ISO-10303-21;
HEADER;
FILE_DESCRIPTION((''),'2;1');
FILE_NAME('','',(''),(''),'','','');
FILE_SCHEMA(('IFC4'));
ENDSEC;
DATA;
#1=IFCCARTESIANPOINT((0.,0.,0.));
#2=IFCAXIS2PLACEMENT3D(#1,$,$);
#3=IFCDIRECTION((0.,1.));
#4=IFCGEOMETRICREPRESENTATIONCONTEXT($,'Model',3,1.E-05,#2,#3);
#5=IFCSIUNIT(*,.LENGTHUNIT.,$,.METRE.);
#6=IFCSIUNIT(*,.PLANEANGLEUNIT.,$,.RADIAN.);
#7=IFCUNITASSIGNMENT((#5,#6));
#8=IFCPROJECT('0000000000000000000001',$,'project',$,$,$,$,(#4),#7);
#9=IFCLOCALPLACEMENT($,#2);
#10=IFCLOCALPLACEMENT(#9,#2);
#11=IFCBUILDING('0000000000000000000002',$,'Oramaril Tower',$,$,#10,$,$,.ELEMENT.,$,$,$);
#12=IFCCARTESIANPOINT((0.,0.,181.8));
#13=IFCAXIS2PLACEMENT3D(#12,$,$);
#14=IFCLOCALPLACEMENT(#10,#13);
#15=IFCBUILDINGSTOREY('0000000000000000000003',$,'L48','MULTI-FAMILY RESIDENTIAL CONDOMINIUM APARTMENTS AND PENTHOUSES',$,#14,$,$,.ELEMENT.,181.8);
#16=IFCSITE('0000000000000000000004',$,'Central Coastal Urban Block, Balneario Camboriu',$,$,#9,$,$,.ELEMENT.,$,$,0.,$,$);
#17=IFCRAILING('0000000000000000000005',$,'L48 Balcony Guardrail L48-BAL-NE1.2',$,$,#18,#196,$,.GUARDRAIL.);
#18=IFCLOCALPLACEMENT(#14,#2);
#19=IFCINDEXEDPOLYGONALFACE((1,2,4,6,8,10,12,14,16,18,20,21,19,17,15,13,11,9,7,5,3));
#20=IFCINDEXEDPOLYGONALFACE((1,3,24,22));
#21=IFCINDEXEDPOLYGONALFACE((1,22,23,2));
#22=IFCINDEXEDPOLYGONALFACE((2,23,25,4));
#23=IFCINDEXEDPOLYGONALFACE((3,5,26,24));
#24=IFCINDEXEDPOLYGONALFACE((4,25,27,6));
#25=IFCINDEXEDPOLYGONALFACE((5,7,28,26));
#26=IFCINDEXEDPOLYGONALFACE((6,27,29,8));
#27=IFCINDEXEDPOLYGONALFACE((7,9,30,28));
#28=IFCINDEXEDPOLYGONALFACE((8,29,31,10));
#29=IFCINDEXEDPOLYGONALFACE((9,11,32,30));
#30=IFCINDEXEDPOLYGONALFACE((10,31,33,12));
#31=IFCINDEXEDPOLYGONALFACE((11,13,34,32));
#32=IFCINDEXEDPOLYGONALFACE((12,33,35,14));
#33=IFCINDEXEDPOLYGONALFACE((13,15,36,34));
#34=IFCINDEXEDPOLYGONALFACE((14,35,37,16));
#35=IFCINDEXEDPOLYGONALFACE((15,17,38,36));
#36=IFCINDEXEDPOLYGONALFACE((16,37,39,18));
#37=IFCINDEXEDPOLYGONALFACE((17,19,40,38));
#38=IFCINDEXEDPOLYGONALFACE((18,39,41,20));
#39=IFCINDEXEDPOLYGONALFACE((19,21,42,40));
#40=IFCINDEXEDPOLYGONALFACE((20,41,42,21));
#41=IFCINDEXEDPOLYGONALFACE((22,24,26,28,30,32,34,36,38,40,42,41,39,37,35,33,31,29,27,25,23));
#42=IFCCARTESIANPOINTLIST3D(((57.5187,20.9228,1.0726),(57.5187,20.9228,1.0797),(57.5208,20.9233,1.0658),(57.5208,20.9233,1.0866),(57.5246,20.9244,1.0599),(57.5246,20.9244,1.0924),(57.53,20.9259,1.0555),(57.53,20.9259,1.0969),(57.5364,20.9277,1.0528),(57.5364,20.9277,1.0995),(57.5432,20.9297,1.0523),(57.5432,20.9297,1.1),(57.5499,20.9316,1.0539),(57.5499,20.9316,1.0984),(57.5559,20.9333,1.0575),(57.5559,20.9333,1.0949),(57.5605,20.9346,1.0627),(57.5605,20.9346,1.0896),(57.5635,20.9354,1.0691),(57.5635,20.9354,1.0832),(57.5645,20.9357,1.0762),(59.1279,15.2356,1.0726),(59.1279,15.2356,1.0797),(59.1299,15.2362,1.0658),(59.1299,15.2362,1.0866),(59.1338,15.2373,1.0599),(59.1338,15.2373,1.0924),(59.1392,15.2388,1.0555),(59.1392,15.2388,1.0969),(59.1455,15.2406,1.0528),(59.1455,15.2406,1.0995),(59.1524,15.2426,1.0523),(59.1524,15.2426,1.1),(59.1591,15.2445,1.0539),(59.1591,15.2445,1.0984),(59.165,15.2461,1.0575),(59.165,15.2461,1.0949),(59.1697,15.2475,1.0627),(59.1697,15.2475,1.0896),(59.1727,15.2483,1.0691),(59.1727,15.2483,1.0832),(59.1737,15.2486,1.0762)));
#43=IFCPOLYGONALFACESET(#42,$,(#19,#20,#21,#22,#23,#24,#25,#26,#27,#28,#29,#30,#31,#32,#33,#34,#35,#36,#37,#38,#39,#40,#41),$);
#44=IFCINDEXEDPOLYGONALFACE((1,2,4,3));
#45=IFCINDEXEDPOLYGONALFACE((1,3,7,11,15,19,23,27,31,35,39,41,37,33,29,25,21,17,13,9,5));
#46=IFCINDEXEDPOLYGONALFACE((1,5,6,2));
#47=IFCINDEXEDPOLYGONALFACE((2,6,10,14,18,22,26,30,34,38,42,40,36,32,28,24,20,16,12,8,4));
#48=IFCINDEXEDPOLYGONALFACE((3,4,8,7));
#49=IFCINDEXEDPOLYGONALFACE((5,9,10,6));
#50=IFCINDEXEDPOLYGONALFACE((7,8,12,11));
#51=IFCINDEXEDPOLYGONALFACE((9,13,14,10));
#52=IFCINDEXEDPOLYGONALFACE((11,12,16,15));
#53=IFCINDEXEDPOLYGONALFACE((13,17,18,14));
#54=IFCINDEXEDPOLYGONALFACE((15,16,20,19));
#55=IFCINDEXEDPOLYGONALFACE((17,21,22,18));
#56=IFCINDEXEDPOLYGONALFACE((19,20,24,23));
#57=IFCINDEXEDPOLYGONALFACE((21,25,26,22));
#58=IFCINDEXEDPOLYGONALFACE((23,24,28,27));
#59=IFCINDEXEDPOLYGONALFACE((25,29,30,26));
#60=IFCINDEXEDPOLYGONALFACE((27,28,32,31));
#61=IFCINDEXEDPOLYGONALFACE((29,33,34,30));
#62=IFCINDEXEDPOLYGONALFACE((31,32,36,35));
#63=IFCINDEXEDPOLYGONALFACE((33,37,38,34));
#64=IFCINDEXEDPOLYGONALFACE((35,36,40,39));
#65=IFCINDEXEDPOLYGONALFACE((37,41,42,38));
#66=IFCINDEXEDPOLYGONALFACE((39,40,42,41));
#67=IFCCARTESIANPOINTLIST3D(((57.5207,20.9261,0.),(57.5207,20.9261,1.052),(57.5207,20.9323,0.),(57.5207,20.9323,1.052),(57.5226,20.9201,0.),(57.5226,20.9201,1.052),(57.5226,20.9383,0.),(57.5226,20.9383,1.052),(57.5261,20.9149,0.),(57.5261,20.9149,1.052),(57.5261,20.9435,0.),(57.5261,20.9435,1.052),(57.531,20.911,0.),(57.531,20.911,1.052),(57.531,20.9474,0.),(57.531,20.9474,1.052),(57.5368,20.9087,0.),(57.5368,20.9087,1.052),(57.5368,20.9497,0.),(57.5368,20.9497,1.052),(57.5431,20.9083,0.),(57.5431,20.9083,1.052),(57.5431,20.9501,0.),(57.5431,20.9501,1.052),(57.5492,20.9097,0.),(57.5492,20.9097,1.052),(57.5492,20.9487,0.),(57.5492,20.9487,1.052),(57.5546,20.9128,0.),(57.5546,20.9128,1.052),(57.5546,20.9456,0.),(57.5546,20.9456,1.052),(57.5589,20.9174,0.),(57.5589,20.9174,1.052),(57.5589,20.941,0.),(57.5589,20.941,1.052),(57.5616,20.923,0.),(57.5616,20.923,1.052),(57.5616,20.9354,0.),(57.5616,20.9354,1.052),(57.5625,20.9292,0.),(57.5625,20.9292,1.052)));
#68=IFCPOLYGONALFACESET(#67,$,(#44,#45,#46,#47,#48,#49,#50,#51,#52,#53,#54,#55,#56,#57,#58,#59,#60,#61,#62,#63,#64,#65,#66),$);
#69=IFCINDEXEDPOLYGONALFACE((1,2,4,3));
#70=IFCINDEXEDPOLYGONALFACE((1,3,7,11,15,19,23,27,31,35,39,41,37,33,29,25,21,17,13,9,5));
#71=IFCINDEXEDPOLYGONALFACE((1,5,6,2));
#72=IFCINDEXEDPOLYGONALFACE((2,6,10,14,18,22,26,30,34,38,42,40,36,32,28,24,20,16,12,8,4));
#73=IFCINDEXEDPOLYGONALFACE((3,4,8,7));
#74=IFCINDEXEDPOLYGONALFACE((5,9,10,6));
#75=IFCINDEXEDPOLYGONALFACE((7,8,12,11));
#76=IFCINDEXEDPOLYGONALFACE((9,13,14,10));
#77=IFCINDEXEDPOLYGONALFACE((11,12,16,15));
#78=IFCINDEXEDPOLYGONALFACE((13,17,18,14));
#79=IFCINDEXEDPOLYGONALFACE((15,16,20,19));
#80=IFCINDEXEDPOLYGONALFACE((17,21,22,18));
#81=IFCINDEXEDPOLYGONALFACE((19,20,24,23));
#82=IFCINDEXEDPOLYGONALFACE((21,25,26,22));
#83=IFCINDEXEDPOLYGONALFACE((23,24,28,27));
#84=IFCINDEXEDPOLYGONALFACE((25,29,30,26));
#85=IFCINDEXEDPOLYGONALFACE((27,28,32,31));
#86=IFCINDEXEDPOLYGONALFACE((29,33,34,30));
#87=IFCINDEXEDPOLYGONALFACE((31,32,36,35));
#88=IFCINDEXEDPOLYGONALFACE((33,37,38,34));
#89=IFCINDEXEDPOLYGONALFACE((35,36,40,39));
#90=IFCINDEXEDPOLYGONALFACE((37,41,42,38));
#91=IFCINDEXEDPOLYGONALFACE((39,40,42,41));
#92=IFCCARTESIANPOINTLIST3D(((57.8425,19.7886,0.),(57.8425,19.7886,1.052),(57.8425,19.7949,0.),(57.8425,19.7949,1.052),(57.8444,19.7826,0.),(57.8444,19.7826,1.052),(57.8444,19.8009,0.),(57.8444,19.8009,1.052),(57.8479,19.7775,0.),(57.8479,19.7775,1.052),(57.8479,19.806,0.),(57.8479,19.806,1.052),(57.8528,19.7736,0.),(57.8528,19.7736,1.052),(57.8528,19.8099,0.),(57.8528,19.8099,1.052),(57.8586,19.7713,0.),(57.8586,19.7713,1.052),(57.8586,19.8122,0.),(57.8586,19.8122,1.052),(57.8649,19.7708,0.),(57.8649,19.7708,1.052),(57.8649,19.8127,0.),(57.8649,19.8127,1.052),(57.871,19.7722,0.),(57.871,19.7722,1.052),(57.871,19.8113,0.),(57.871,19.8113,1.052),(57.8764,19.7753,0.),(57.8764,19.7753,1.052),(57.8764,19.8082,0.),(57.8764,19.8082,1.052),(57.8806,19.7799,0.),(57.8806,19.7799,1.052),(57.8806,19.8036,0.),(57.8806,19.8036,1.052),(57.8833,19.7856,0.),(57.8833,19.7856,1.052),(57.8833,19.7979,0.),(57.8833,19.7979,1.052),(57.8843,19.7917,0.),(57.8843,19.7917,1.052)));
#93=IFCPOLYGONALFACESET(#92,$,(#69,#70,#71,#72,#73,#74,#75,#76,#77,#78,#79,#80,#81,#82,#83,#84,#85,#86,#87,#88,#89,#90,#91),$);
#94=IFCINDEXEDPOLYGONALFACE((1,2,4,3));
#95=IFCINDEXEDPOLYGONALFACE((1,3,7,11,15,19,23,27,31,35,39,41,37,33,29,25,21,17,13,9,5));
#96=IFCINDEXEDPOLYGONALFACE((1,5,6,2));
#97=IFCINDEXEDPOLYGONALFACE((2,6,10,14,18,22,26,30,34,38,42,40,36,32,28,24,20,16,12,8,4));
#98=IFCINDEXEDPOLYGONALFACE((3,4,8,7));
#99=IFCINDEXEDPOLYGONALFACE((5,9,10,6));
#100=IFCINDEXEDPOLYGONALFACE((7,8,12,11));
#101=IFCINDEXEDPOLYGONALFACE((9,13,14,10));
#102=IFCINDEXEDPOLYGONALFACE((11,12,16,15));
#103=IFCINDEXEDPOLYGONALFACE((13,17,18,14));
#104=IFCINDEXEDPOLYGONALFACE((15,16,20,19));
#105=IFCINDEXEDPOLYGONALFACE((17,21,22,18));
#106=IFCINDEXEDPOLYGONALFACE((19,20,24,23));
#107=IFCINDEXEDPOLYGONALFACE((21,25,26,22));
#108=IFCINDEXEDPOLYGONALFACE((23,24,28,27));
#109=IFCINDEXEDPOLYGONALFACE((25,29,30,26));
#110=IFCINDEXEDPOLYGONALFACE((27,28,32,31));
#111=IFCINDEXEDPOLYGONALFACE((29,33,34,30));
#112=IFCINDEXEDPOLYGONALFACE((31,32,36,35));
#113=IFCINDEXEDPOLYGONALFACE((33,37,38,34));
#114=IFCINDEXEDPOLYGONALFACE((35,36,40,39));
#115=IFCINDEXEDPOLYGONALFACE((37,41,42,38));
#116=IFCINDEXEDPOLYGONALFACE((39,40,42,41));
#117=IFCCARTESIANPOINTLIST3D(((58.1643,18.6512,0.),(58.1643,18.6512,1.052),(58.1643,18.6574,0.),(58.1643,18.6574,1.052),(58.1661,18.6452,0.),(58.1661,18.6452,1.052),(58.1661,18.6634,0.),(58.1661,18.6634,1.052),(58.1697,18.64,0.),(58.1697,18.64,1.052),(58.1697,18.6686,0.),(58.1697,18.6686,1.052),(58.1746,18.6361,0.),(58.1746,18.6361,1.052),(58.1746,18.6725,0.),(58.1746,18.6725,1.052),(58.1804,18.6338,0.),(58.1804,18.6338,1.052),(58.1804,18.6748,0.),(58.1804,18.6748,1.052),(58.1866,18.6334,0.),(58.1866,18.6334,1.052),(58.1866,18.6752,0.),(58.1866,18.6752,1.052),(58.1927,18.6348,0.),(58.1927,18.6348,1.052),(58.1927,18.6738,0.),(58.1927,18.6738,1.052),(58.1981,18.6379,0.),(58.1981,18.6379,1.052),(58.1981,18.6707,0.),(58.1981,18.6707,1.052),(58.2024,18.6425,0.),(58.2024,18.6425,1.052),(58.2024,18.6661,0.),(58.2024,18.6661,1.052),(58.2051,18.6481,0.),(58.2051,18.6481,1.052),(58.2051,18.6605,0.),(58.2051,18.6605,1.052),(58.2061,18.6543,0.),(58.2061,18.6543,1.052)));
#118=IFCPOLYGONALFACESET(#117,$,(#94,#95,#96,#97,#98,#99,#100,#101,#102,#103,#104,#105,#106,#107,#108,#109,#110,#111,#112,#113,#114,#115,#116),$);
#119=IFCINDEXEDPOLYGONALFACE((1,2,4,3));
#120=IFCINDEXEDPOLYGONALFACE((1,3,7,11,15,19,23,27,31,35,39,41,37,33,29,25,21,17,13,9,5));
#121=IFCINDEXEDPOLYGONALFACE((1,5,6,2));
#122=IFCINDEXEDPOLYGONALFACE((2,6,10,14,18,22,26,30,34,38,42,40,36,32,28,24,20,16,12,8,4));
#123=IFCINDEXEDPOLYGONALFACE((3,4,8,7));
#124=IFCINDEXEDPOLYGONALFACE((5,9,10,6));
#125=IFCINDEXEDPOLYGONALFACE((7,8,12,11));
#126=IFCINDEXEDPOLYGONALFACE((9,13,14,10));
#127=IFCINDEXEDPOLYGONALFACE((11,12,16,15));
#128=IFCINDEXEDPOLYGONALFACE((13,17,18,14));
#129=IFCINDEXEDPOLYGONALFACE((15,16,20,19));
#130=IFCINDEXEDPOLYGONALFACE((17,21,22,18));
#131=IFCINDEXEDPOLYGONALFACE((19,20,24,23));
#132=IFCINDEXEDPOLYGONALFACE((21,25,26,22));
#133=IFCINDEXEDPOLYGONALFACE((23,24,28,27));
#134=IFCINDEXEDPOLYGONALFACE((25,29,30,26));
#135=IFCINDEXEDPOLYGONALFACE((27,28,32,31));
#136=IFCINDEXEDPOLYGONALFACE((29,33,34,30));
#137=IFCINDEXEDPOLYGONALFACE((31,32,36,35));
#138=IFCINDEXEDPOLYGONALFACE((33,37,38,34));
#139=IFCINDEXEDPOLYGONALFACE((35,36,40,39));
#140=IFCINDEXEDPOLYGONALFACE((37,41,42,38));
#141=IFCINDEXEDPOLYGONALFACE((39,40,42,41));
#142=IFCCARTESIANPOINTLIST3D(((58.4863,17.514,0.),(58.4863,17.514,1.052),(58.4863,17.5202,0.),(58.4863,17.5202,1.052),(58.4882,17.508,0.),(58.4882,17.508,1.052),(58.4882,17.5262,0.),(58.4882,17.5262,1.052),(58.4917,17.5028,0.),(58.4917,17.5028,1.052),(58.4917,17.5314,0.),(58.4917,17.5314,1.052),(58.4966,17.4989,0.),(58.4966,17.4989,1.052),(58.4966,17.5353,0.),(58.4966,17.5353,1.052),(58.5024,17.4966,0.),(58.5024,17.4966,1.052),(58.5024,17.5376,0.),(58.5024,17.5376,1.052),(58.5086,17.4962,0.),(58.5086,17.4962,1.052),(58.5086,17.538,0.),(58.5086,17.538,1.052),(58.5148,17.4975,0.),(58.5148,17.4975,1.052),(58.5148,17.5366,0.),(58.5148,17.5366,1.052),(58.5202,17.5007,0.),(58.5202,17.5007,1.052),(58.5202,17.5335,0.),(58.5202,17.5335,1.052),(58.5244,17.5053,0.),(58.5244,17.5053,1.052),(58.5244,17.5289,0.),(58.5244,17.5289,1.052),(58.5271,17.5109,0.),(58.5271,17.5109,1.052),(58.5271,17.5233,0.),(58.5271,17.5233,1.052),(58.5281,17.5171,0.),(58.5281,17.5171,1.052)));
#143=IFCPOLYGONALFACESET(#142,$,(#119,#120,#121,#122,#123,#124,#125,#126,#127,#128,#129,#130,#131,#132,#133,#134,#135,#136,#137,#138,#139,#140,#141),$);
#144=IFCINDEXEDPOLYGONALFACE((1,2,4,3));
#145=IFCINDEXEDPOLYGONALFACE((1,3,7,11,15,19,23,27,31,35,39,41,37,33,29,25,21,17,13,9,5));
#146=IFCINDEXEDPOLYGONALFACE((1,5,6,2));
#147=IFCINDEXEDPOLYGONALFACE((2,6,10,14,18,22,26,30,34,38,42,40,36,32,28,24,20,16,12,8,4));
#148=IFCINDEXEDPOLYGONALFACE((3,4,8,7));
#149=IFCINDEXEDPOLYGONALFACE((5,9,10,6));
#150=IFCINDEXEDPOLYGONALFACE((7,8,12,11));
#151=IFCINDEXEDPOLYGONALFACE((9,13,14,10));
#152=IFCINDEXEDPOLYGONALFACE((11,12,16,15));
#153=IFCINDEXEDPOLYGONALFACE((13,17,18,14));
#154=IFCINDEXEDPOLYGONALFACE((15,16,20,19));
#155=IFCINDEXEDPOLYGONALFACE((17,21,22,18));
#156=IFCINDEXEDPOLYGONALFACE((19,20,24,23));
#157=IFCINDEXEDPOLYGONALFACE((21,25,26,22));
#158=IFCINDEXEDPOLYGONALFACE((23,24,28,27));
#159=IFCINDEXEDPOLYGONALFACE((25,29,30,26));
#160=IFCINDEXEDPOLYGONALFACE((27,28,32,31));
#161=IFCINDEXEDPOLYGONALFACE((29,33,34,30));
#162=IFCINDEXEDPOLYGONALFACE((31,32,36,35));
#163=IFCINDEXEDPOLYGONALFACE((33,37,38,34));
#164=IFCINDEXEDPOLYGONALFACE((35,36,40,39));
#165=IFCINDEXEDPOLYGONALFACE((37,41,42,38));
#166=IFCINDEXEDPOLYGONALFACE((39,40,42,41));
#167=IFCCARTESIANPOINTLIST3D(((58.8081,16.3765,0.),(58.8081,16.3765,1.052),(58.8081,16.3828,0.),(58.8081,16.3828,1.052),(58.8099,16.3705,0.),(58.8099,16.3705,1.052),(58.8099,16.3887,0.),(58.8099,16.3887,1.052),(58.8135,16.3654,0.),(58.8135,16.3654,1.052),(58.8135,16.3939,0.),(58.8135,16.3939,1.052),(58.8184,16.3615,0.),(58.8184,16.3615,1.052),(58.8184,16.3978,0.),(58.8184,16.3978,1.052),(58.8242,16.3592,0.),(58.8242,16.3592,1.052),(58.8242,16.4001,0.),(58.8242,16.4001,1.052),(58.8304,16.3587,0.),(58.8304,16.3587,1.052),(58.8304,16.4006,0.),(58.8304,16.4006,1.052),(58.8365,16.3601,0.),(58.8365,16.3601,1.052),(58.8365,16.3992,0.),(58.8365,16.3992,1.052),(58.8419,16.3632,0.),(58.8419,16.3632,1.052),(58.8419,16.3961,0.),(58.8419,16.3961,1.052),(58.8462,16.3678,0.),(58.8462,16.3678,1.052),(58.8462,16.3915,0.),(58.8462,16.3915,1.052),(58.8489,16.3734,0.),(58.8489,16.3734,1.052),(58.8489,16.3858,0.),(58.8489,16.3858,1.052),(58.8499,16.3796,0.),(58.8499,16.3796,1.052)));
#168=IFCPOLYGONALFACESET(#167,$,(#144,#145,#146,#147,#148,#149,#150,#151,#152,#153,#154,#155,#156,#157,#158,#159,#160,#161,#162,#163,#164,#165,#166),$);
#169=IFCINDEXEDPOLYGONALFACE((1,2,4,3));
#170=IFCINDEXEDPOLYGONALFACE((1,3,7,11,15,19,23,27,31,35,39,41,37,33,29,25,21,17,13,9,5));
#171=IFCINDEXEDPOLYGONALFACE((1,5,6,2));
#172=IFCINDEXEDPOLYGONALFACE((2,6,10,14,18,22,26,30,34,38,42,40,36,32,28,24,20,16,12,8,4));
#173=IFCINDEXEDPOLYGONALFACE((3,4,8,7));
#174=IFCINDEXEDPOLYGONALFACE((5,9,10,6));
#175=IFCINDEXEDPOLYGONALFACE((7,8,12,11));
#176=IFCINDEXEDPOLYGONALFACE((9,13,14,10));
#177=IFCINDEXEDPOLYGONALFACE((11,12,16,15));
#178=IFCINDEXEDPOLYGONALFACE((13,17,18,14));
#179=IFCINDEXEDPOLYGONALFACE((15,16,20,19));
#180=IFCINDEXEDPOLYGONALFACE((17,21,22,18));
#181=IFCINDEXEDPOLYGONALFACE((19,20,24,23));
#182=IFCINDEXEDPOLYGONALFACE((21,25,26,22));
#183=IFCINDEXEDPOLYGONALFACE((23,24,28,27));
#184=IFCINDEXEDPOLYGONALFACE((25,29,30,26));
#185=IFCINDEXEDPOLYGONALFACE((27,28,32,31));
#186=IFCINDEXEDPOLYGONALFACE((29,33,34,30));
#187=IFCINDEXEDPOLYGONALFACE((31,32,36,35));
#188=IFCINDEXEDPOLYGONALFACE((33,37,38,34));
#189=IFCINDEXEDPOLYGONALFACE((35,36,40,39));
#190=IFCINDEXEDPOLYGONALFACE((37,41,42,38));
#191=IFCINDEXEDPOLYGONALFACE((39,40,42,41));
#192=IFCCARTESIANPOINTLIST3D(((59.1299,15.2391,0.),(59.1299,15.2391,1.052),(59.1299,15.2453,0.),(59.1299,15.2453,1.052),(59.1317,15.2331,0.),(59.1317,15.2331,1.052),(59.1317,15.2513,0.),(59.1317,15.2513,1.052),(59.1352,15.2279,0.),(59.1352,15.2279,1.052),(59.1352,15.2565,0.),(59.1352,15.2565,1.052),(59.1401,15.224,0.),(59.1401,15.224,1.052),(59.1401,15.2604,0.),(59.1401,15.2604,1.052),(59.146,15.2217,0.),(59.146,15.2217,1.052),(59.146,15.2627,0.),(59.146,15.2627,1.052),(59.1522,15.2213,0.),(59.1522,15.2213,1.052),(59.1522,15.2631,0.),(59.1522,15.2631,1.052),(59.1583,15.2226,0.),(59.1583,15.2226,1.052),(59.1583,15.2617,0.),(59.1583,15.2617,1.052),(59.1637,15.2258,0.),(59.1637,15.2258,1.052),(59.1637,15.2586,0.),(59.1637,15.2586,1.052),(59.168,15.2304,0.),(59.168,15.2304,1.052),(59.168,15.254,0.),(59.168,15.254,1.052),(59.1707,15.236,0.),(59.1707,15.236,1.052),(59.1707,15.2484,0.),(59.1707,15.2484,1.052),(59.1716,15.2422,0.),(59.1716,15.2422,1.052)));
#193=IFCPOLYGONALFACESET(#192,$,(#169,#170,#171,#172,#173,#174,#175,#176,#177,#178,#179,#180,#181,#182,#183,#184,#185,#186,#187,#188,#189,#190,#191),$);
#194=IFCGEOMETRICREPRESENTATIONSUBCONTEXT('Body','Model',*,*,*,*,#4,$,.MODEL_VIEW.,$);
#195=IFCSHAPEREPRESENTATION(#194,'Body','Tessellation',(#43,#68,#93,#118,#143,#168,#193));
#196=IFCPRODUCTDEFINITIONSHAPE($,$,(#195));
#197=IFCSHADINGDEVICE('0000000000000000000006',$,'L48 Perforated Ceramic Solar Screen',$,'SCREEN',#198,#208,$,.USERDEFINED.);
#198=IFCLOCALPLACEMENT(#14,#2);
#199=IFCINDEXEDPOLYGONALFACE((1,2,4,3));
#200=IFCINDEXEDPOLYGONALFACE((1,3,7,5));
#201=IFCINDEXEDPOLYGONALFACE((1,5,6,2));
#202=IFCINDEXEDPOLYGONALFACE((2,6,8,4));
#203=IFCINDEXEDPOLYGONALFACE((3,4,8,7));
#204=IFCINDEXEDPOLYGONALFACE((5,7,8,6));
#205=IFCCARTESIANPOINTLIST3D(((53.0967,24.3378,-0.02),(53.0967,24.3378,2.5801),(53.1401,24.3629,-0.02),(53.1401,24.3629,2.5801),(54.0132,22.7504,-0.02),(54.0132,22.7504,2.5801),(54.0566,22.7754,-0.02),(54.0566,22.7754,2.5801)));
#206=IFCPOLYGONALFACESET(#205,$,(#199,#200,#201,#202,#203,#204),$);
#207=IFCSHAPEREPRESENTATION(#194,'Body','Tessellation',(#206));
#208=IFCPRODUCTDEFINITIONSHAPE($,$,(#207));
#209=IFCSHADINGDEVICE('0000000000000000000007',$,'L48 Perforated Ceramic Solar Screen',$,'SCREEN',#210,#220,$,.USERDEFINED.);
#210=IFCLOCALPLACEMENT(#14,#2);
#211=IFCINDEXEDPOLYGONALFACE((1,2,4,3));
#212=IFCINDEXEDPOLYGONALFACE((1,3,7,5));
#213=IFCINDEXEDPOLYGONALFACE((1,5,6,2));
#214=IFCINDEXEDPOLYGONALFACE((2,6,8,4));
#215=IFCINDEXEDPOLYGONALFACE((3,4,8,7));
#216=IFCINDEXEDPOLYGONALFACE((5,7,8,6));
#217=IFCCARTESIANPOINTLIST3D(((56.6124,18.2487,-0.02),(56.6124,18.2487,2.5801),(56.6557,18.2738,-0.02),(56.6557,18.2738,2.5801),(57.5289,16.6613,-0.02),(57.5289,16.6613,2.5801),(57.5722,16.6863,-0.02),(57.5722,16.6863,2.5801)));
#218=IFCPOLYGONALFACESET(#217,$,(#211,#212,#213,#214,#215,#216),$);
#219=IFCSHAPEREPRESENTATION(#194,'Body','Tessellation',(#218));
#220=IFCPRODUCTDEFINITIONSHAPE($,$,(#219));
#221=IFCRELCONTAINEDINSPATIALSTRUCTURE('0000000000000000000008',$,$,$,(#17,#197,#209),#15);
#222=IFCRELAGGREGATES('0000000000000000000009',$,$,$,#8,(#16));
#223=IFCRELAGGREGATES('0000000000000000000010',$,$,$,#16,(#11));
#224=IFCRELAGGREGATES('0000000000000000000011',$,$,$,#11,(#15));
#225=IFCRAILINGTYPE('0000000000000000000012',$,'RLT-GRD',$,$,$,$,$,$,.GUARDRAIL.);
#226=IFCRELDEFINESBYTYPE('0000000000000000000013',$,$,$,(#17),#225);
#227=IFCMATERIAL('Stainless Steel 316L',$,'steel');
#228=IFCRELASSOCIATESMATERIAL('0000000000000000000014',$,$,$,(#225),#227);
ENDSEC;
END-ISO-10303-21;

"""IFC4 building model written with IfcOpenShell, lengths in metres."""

from ifc_helpers import new_model, si_unit, direction, frame, origin, origin_2d, place, context, subcontext, project, spatial, rectangle, circle, extrude, material, type_object, element, save


model = new_model("IFC4")

# Units and contexts
model_context = context("Model", 3, precision=1e-05, world=origin(), true_north=direction((0.0, 1.0)))
body_context = subcontext(model_context, "Body", "Model", "MODEL_VIEW")
ifc_project = project(units=[si_unit("LENGTHUNIT", "METRE"), si_unit("PLANEANGLEUNIT", "RADIAN")], contexts=[model_context])

# Site, building, storey
site_placement = place(None, origin())
site = spatial("IfcSite", under=ifc_project, at=site_placement, Name="Central Coastal Urban Block, Balneario Camboriu", CompositionType="ELEMENT", RefElevation=0.0)
building_placement = place(site_placement, origin())
building = spatial("IfcBuilding", under=site, at=building_placement, Name="Oramaril Tower", CompositionType="ELEMENT")
storey_placement = place(building_placement, frame((0.0, 0.0, 181.8)))
storey = spatial("IfcBuildingStorey", under=building, at=storey_placement, Name="L48", Description="MULTI-FAMILY RESIDENTIAL CONDOMINIUM APARTMENTS AND PENTHOUSES", CompositionType="ELEMENT", Elevation=181.8)

# Railing
ifc_material_1 = material(Name="Stainless Steel 316L", Category="steel")
railing_type = type_object("IfcRailingType", Name="RLT-GRD", PredefinedType="GUARDRAIL", material=ifc_material_1)
railing_1_placement = place(storey_placement, frame((57.5415, 20.9292, 0.0)))
element("IfcRailing", 1, at=railing_1_placement, inside=storey, type_object=railing_type, Name="L48 Balcony Guardrail L48-BAL-NE1.2", PredefinedType="GUARDRAIL", context=body_context, shape_type="SweptSolid", body=[
    extrude(circle(Radius=0.0239, at=origin_2d()), frame((0.0, 0.0, 1.0762), z_axis=(0.27226, -0.962224, 0.0), x_axis=(0.962224, 0.27226, 0.0)), (0.0, 0.0, 1.0), 5.9104),
    extrude(circle(Radius=0.021, at=origin_2d()), origin(), (0.0, 0.0, 1.0), 1.052),
    extrude(circle(Radius=0.021, at=origin_2d()), frame((0.3218, -1.1375, 0.0)), (0.0, 0.0, 1.0), 1.052),
    extrude(circle(Radius=0.021, at=origin_2d()), frame((0.6436, -2.2749, 0.0)), (0.0, 0.0, 1.0), 1.052),
    extrude(circle(Radius=0.021, at=origin_2d()), frame((0.9656, -3.4121, 0.0)), (0.0, 0.0, 1.0), 1.052),
    extrude(circle(Radius=0.021, at=origin_2d()), frame((1.2874, -4.5496, 0.0)), (0.0, 0.0, 1.0), 1.052),
    extrude(circle(Radius=0.021, at=origin_2d()), frame((1.6091, -5.687, 0.0)), (0.0, 0.0, 1.0), 1.052),
])

# Shading devices
for number, where, z_axis, x_axis, name in (
    (2, (53.5767, 23.5566, -0.02), (0.0, 0.0, 1.0), (-0.5, 0.866025, 0.0), "L48 Perforated Ceramic Solar Screen"),
    (3, (57.0923, 17.4675, -0.02), (0.0, 0.0, 1.0), (-0.5, 0.866025, 0.0), "L48 Perforated Ceramic Solar Screen"),
):
    element("IfcShadingDevice", number, at=place(storey_placement, frame(where, z_axis=z_axis, x_axis=x_axis)), inside=storey, Name=name, ObjectType="SCREEN", PredefinedType="USERDEFINED", context=body_context, shape_type="SweptSolid", body=[
        extrude(rectangle(XDim=1.833, YDim=0.05, at=origin_2d()), origin(), (0.0, 0.0, 1.0), 2.6001),
    ])

save(model, "model.ifc")
